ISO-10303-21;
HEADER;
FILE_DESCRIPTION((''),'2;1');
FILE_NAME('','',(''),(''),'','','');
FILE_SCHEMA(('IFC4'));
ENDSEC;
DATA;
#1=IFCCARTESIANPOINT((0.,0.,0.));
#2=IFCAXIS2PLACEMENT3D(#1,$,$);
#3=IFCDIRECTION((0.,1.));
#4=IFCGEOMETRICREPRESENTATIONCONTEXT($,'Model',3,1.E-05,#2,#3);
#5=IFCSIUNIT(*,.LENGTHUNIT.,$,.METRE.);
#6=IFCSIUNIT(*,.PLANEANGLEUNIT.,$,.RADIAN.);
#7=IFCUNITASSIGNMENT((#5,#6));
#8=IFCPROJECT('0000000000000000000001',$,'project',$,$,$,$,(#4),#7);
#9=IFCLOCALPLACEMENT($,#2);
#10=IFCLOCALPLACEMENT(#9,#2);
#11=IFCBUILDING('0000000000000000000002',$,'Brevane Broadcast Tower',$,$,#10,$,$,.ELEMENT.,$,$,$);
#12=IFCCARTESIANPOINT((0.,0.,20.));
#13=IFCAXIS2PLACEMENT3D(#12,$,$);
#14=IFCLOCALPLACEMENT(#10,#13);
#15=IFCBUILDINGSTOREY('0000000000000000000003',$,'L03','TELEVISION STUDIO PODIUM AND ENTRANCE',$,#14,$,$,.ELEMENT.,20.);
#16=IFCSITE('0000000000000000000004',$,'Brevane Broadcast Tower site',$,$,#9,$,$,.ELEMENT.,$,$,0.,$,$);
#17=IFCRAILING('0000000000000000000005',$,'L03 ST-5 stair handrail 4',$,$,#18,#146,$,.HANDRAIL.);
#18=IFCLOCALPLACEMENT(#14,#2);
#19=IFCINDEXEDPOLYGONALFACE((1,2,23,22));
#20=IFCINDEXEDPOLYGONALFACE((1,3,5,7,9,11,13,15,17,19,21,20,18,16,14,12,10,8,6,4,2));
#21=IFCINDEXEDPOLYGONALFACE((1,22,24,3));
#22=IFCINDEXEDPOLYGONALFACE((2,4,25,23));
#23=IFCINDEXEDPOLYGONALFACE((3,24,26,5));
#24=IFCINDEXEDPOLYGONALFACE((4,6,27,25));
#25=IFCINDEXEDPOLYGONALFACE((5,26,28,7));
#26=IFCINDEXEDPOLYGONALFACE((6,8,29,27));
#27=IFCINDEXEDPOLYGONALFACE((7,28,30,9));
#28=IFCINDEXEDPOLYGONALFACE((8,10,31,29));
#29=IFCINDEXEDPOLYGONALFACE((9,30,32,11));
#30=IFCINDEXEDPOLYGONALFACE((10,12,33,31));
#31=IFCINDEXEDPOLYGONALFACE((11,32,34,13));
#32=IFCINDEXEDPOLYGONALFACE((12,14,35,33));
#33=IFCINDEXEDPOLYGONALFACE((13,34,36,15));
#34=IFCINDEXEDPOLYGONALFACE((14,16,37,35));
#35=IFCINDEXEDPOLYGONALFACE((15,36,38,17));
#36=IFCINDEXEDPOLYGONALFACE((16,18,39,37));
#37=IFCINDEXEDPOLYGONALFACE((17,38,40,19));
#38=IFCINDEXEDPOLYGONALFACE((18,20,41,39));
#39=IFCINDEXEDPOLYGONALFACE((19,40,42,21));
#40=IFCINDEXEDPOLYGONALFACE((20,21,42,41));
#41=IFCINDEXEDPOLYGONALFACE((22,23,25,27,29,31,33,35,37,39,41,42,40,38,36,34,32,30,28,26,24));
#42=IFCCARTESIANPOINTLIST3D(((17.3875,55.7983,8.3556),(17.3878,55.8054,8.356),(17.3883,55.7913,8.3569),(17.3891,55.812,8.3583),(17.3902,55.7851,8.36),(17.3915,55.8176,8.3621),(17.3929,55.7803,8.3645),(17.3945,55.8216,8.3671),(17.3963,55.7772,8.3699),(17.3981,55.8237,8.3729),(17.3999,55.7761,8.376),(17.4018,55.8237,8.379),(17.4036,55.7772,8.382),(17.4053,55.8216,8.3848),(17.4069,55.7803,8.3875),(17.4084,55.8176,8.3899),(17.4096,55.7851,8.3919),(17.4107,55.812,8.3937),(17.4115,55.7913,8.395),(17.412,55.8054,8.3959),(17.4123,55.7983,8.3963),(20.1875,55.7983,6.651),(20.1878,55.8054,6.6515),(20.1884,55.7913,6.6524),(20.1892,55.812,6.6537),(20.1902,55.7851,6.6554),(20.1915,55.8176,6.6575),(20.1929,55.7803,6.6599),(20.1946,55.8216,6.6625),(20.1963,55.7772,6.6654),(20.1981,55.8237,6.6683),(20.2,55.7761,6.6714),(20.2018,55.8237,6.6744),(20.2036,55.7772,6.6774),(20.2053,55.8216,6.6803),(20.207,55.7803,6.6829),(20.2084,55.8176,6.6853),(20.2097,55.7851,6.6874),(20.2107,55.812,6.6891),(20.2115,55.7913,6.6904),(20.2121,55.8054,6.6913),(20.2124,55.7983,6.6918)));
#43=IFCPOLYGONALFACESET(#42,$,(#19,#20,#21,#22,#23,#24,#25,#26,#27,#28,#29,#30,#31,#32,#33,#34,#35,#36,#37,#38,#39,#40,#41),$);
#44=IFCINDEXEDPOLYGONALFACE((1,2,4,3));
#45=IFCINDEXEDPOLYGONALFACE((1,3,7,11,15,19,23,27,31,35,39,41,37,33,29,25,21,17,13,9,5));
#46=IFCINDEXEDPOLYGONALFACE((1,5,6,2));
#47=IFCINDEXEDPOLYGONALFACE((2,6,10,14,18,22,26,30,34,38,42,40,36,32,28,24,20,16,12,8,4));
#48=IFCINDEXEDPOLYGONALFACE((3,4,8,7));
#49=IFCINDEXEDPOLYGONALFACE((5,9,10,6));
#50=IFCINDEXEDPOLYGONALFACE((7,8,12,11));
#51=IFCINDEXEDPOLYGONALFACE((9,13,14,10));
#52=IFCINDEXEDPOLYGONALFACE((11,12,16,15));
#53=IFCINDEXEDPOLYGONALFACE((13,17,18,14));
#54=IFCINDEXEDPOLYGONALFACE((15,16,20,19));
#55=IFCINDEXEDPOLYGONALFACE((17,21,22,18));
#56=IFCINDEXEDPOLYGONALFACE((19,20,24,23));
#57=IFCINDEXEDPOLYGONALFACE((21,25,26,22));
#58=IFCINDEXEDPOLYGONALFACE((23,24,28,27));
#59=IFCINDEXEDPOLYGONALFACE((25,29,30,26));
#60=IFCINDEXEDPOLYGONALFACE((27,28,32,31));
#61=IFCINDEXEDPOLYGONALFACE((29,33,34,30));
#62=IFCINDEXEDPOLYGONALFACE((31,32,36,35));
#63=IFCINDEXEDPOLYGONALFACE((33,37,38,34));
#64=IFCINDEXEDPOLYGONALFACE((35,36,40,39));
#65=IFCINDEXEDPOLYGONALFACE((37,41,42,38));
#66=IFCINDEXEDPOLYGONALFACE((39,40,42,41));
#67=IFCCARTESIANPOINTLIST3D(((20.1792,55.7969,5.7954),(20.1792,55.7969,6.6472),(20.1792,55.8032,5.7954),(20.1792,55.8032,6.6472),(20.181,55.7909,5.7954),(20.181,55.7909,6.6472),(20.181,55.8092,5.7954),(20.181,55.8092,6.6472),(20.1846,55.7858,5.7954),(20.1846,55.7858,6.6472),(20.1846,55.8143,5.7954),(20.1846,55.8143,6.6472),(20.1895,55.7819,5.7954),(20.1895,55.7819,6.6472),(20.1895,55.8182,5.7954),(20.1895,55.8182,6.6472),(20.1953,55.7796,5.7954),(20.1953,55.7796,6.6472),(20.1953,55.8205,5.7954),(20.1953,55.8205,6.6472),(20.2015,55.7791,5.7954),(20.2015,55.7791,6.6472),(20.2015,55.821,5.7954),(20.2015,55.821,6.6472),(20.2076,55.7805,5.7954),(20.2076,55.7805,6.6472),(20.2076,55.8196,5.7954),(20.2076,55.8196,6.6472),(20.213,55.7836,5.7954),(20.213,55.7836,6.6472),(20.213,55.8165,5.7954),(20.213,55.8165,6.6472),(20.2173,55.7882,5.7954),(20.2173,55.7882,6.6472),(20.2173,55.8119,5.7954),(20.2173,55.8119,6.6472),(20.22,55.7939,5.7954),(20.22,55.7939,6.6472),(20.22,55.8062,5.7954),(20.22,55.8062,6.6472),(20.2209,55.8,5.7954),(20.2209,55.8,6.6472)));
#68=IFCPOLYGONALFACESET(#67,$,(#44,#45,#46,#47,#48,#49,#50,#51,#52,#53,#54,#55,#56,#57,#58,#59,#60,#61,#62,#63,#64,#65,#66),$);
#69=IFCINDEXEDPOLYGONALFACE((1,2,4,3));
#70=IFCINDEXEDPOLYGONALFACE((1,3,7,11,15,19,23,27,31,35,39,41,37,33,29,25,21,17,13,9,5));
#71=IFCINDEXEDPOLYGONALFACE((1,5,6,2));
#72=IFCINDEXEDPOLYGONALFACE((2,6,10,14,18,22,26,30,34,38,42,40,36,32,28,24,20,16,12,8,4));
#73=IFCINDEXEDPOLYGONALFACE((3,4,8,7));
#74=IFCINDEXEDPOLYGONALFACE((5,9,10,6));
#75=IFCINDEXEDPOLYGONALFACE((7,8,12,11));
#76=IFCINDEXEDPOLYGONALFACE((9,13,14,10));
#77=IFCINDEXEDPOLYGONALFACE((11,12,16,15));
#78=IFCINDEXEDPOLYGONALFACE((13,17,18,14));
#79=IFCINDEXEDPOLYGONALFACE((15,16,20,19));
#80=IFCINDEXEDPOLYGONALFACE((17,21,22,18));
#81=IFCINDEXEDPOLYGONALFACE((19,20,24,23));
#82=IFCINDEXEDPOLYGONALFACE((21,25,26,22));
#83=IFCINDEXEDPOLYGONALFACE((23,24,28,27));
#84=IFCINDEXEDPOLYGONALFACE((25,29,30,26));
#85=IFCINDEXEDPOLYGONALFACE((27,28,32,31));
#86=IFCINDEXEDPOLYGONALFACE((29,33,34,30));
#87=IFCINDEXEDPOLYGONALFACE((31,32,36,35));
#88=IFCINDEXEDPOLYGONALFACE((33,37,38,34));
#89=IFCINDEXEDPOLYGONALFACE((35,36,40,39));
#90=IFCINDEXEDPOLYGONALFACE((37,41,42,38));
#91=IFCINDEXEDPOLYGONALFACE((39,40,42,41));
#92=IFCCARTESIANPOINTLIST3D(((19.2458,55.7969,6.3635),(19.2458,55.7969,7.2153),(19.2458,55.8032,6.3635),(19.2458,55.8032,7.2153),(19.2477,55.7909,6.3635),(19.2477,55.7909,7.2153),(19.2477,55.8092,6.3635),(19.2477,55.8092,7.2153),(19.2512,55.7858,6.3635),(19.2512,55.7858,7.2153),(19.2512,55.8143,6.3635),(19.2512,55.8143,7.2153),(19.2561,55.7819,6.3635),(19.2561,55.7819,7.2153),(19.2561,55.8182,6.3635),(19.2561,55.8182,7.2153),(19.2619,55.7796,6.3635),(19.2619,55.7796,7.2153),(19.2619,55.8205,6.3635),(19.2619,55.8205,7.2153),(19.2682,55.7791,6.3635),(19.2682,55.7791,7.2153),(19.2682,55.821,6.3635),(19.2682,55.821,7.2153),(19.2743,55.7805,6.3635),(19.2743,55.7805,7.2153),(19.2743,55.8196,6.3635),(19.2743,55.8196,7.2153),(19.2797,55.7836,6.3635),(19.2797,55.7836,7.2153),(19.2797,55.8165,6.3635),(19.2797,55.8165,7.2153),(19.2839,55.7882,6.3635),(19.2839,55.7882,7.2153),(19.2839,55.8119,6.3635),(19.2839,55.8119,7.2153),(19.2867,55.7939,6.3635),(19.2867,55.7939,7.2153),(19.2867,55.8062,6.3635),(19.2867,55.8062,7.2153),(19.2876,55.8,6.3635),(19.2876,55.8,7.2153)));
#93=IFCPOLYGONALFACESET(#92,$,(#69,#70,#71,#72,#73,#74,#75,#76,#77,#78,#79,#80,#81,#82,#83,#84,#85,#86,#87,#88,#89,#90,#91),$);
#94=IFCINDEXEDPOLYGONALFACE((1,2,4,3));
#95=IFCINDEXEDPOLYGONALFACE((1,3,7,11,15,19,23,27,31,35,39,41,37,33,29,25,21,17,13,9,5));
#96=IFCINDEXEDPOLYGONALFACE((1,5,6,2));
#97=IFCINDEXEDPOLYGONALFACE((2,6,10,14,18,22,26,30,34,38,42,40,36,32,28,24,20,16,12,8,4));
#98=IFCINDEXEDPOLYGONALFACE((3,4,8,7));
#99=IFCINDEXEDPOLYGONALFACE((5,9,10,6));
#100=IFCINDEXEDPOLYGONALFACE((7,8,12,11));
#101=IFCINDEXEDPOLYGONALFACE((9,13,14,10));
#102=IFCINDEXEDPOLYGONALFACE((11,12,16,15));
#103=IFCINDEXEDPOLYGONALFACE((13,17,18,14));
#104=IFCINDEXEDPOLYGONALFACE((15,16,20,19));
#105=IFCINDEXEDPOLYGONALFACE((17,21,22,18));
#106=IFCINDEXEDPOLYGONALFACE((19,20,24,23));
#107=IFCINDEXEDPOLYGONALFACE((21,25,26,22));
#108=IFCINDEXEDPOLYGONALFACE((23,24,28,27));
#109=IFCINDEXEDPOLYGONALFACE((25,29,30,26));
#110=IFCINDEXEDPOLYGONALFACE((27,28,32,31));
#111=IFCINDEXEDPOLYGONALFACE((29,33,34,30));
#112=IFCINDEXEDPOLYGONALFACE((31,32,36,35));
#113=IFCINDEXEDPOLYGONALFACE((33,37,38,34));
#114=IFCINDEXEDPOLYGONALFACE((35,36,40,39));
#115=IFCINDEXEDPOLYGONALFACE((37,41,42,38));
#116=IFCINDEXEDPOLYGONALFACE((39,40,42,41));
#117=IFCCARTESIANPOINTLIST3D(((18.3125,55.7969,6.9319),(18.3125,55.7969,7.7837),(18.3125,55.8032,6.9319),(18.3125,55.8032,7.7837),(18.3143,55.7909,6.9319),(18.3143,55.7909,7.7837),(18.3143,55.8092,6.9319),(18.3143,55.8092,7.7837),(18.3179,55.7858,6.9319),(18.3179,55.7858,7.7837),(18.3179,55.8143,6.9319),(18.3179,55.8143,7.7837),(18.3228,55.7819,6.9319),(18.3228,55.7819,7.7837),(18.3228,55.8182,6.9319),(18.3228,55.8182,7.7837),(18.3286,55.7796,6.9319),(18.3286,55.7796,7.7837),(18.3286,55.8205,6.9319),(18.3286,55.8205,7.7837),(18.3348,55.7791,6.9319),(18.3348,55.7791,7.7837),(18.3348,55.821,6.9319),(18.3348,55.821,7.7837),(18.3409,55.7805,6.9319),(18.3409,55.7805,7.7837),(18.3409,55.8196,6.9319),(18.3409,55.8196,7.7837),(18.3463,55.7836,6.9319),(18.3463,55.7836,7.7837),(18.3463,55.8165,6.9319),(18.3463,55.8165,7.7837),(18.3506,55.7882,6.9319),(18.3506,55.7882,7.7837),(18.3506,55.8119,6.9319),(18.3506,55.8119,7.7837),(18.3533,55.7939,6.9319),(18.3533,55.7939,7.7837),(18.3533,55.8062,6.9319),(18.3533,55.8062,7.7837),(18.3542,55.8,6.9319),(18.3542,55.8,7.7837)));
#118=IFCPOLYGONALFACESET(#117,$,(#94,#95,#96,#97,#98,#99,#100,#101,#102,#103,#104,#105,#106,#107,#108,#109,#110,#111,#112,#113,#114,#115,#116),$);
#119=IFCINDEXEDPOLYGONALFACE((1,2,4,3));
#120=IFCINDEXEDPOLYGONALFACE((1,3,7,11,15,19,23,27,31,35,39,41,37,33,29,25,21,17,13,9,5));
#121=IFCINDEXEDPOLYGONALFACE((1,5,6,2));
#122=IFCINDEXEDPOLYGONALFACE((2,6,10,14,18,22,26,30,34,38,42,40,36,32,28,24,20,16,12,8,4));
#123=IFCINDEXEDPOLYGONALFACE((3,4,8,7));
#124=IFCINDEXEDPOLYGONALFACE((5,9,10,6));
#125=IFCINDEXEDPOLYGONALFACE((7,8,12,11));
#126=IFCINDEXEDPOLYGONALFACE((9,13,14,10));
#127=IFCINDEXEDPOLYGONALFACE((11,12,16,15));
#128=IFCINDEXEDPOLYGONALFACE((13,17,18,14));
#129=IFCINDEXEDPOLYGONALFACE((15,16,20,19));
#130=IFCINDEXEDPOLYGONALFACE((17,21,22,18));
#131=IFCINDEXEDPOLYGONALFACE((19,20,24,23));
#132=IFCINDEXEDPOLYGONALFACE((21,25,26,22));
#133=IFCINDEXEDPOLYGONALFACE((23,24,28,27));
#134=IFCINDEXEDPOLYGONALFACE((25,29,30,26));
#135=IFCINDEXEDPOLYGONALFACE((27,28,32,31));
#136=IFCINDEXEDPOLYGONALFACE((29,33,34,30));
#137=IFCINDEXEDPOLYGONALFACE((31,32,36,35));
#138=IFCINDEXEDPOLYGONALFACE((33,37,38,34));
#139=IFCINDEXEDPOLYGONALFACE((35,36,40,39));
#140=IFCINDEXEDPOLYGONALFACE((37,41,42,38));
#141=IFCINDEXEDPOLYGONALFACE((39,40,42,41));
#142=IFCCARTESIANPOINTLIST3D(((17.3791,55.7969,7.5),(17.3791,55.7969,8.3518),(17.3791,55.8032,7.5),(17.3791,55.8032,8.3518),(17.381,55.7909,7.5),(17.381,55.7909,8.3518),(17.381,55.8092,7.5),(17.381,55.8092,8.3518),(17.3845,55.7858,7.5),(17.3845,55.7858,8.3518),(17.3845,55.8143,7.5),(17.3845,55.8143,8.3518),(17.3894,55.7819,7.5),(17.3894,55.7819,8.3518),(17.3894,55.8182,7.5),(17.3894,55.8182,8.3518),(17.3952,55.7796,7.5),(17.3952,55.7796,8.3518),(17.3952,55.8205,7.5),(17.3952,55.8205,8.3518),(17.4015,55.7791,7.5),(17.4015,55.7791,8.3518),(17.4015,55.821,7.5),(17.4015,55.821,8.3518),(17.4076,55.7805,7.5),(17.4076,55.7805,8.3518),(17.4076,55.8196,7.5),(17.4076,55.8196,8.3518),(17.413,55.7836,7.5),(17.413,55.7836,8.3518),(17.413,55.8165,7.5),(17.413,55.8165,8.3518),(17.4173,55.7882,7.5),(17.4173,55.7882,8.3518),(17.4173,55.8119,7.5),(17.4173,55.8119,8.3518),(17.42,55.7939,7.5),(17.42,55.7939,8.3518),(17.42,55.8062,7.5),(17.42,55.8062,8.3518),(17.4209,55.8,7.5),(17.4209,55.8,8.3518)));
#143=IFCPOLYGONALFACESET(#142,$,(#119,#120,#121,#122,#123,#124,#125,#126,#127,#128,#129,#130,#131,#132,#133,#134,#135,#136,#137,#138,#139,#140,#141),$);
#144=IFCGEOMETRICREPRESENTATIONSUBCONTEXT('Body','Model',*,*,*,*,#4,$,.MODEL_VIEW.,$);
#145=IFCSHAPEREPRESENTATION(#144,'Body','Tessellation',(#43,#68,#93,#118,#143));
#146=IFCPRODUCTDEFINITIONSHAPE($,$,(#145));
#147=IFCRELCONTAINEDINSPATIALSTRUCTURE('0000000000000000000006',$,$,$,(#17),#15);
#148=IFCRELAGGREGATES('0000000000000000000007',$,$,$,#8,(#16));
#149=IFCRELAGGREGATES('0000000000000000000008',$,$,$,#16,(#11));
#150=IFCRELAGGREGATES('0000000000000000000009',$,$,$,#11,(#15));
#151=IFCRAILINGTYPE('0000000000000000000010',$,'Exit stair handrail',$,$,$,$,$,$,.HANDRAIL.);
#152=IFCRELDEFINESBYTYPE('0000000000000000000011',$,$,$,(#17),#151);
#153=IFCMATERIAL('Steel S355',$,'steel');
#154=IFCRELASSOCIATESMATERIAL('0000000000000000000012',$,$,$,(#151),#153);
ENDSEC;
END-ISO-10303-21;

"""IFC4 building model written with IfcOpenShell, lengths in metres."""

from ifc_helpers import new_model, si_unit, direction, frame, origin, origin_2d, place, context, subcontext, project, spatial, circle, extrude, material, type_object, element, save


model = new_model("IFC4")

# Units and contexts
model_context = context("Model", 3, precision=1e-05, world=origin(), true_north=direction((0.0, 1.0)))
body_context = subcontext(model_context, "Body", "Model", "MODEL_VIEW")
ifc_project = project(units=[si_unit("LENGTHUNIT", "METRE"), si_unit("PLANEANGLEUNIT", "RADIAN")], contexts=[model_context])

# Site, building, storey
site_placement = place(None, origin())
site = spatial("IfcSite", under=ifc_project, at=site_placement, Name="Brevane Broadcast Tower site", CompositionType="ELEMENT", RefElevation=0.0)
building_placement = place(site_placement, origin())
building = spatial("IfcBuilding", under=site, at=building_placement, Name="Brevane Broadcast Tower", CompositionType="ELEMENT")
storey_placement = place(building_placement, frame((0.0, 0.0, 20.0)))
storey = spatial("IfcBuildingStorey", under=building, at=storey_placement, Name="L03", Description="TELEVISION STUDIO PODIUM AND ENTRANCE", CompositionType="ELEMENT", Elevation=20.0)

# Railing
ifc_material_1 = material(Name="Steel S355", Category="steel")
railing_type_1 = type_object("IfcRailingType", Name="Exit stair handrail", PredefinedType="HANDRAIL", material=ifc_material_1)
for number, where, name in (
    (1, (20.2, 55.8, 5.7954), "L03 ST-5 stair handrail 4"),
):
    element("IfcRailing", number, at=place(storey_placement, frame(where)), inside=storey, type_object=railing_type_1, Name=name, PredefinedType="HANDRAIL", context=body_context, shape_type="SweptSolid", body=[
        extrude(circle(Radius=0.0239, at=origin_2d()), frame((0.0, 0.0, 0.876), z_axis=(-0.85417, 0.0, 0.519994), x_axis=(0.0, -1.0, 0.0)), (0.0, 0.0, 1.0), 3.2781),
        extrude(circle(Radius=0.021, at=origin_2d()), origin(), (0.0, 0.0, 1.0), 0.8518),
        extrude(circle(Radius=0.021, at=origin_2d()), frame((-0.9333, 0.0, 0.5681)), (0.0, 0.0, 1.0), 0.8518),
        extrude(circle(Radius=0.021, at=origin_2d()), frame((-1.8667, 0.0, 1.1365)), (0.0, 0.0, 1.0), 0.8518),
        extrude(circle(Radius=0.021, at=origin_2d()), frame((-2.8, 0.0, 1.7046)), (0.0, 0.0, 1.0), 0.8518),
    ])

save(model, "model.ifc")
